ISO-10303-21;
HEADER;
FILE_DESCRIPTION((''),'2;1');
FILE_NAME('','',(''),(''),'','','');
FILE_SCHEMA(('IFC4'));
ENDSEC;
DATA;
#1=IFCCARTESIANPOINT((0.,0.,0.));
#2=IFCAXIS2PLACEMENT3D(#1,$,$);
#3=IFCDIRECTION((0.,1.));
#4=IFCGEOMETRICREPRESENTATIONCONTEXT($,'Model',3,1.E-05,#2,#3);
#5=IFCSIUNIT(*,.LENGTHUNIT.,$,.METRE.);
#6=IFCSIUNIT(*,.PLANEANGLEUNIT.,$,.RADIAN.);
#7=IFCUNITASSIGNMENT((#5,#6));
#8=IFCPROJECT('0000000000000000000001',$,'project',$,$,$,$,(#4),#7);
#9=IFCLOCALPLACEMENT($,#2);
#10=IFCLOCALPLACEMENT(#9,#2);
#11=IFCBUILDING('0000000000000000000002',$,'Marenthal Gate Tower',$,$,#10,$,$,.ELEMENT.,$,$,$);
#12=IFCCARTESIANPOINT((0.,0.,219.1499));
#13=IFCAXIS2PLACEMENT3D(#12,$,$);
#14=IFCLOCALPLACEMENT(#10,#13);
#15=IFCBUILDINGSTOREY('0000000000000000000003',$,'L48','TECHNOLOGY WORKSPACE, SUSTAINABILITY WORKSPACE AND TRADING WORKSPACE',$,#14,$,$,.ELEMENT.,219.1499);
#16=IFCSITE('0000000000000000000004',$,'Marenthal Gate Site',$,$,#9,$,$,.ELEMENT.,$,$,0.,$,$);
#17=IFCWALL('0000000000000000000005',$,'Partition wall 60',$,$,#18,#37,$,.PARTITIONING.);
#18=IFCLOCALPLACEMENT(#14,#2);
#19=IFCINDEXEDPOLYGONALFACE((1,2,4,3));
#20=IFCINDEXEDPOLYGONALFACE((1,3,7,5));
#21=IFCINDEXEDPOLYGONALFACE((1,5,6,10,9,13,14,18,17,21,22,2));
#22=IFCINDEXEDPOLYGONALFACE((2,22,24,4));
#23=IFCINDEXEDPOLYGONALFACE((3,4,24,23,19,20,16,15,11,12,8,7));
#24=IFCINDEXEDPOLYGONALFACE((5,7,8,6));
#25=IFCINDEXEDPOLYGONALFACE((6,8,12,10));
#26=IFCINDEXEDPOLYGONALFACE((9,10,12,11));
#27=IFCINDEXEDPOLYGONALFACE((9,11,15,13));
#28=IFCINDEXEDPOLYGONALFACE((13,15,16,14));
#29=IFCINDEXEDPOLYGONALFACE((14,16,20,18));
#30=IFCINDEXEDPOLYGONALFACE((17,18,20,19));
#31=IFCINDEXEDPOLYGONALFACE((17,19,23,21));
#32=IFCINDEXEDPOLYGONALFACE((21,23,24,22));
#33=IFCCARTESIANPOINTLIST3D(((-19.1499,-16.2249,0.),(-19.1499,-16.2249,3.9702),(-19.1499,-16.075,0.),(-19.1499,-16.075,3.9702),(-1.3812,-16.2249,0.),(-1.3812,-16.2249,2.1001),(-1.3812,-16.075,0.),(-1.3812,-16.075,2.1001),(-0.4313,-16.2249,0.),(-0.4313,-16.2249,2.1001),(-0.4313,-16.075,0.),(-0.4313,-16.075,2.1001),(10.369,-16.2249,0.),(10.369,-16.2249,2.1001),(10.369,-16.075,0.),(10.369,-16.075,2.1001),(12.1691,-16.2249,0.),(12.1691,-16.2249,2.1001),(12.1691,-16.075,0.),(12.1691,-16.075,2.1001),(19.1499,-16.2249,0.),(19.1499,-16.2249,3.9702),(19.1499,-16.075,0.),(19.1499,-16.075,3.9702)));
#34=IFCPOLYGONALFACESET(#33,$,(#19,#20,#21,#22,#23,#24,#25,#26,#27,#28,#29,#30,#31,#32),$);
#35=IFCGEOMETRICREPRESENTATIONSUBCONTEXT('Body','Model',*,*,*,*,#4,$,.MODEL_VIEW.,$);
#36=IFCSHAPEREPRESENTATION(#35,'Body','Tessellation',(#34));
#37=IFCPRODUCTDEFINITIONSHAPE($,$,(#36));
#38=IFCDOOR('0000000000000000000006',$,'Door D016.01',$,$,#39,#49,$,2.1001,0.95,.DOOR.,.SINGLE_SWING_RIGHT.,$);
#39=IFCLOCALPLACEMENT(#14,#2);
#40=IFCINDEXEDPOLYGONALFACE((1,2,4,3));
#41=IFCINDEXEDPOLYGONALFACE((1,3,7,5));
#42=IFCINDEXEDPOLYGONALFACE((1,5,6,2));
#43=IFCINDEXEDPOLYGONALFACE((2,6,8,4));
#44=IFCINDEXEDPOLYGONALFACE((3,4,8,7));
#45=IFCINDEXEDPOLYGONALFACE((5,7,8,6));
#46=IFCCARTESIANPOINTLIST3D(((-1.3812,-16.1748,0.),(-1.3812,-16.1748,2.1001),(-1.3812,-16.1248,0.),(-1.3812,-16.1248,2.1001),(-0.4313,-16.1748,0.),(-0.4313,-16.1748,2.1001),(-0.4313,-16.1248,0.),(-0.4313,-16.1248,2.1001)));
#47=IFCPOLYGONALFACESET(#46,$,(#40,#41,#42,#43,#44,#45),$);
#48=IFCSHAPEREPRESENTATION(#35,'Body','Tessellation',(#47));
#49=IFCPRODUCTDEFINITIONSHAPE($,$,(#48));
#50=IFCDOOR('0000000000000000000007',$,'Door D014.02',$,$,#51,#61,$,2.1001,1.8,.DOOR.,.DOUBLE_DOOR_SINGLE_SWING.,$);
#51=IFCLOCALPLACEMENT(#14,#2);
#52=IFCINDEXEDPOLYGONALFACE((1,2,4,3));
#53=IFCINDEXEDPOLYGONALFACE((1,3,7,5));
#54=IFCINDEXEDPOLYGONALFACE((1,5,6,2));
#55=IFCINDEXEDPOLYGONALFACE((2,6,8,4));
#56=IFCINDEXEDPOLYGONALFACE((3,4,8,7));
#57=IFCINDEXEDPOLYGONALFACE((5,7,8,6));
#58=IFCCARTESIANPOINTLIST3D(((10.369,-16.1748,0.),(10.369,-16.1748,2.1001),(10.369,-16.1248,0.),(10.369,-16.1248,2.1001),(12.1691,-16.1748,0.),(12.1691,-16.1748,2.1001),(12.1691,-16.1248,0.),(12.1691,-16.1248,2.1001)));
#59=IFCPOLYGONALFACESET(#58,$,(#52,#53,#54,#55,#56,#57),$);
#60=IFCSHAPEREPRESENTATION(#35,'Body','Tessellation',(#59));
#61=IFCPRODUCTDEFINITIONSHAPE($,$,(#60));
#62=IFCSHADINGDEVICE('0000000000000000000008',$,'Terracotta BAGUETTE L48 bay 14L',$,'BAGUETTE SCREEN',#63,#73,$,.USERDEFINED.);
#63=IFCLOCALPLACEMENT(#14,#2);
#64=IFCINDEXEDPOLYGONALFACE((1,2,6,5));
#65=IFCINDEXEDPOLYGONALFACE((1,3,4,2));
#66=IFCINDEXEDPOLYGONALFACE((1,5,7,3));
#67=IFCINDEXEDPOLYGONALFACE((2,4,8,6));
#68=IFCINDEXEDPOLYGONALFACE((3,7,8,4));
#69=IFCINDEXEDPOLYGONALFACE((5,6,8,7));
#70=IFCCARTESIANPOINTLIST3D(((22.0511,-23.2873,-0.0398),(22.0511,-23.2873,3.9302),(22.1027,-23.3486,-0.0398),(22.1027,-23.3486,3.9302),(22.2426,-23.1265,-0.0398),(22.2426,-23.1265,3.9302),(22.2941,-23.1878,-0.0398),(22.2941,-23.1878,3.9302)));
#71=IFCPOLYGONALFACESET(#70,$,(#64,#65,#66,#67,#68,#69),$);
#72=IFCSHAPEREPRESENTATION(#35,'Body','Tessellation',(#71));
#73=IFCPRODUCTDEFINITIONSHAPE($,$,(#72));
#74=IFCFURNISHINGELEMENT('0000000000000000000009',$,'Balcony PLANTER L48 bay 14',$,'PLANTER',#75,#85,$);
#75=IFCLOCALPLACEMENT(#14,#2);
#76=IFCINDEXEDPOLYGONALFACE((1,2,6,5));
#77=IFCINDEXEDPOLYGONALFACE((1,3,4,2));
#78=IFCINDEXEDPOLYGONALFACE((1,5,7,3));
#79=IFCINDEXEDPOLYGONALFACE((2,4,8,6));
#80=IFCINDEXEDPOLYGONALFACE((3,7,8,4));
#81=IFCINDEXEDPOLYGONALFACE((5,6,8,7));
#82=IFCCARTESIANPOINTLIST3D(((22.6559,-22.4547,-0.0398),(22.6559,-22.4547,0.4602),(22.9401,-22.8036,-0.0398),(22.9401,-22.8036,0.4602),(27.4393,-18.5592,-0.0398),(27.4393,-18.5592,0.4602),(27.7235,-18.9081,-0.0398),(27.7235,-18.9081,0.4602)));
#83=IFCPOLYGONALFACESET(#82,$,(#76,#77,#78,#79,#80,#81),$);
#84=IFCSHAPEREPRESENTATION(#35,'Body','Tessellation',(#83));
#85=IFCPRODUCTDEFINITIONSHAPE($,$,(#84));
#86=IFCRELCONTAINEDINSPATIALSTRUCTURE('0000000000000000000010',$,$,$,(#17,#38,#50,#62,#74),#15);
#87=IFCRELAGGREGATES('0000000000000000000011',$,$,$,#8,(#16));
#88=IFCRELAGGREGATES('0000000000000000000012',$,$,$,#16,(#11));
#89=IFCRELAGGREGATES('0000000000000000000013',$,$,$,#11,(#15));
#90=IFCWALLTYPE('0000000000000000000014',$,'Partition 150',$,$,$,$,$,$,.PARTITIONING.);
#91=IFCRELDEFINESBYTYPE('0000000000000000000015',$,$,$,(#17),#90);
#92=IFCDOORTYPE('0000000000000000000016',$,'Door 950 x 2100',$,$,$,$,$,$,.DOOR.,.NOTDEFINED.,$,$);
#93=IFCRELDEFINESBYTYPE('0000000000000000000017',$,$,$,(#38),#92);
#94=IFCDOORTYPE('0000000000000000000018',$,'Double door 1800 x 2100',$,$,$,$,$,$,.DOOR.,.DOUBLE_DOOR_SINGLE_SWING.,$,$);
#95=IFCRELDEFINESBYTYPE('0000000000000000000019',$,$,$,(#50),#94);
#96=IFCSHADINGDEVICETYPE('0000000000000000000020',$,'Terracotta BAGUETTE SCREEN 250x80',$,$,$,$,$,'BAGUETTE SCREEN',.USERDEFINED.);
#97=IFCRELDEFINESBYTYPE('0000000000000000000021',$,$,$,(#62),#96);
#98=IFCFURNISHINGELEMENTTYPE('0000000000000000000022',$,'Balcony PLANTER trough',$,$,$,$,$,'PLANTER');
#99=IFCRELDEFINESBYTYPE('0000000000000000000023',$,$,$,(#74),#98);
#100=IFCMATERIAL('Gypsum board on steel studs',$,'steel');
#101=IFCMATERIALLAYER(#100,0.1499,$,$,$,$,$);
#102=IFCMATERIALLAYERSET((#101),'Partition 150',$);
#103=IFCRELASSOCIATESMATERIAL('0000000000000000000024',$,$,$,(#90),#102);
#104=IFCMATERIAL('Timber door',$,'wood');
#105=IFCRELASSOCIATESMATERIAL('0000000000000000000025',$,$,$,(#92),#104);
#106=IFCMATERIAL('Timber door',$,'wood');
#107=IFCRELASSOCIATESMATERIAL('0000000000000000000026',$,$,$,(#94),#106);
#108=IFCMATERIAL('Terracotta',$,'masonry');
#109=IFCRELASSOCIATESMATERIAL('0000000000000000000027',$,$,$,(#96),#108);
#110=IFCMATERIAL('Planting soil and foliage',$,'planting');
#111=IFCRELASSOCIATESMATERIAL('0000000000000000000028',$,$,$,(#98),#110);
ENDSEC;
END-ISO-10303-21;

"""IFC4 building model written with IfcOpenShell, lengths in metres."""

from ifc_helpers import new_model, si_unit, direction, frame, frame_2d, origin, origin_2d, place, context, subcontext, project, spatial, rectangle, extrude, material, layer, layer_set, material_profile, profile_set, type_object, element, fill, save


model = new_model("IFC4")

# Units and contexts
model_context = context("Model", 3, precision=1e-05, world=origin(), true_north=direction((0.0, 1.0)))
body_context = subcontext(model_context, "Body", "Model", "MODEL_VIEW")
ifc_project = project(units=[si_unit("LENGTHUNIT", "METRE"), si_unit("PLANEANGLEUNIT", "RADIAN")], contexts=[model_context])

# Site, building, storey
site_placement = place(None, origin())
site = spatial("IfcSite", under=ifc_project, at=site_placement, Name="Marenthal Gate Site", CompositionType="ELEMENT", RefElevation=0.0)
building_placement = place(site_placement, origin())
building = spatial("IfcBuilding", under=site, at=building_placement, Name="Marenthal Gate Tower", CompositionType="ELEMENT")
storey_placement = place(building_placement, frame((0.0, 0.0, 219.1499)))
storey = spatial("IfcBuildingStorey", under=building, at=storey_placement, Name="L48", Description="TECHNOLOGY WORKSPACE, SUSTAINABILITY WORKSPACE AND TRADING WORKSPACE", CompositionType="ELEMENT", Elevation=219.1499)

# Wall, openings, doors
ifc_material_1 = material(Name="Gypsum board on steel studs", Category="steel")
ifc_layer_1 = layer(ifc_material_1, 0.1499)
ifc_layer_set_1 = layer_set([ifc_layer_1], Name="Partition 150")
wall_type_1 = type_object("IfcWallType", Name="Partition 150", PredefinedType="PARTITIONING", material=ifc_layer_set_1)
wall_1_placement = place(storey_placement, frame((19.1499, -16.1499, 0.0), z_axis=(0.0, 0.0, 1.0), x_axis=(-1.0, 0.0, 0.0)))
wall_1 = element("IfcWall", 1, at=wall_1_placement, inside=storey, type_object=wall_type_1, Name="Partition wall 60", PredefinedType="PARTITIONING", context=body_context, shape_type="SweptSolid", body=[
    extrude(rectangle(XDim=38.2998, YDim=0.1499, at=frame_2d((19.1499, 0.0))), origin(), (0.0, 0.0, 1.0), 3.9702),
])
opening_1_placement = place(wall_1_placement, frame((19.5811, 0.0, 0.0)))
opening_1 = element("IfcOpeningElement", 2, at=opening_1_placement, cuts=wall_1, PredefinedType="OPENING", context=body_context, shape_type="SweptSolid", body=[
    extrude(rectangle(XDim=0.95, YDim=2.1001, at=frame_2d((0.4751, 1.05))), frame((0.0, 0.085, 0.0), z_axis=(0.0, -1.0, 0.0), x_axis=(1.0, 0.0, 0.0)), (0.0, 0.0, 1.0), 0.1699),
])
opening_2_placement = place(wall_1_placement, frame((6.981, 0.0, 0.0)))
opening_2 = element("IfcOpeningElement", 3, at=opening_2_placement, cuts=wall_1, PredefinedType="OPENING", context=body_context, shape_type="SweptSolid", body=[
    extrude(rectangle(XDim=1.8, YDim=2.1001, at=frame_2d((0.8999, 1.05))), frame((0.0, 0.085, 0.0), z_axis=(0.0, -1.0, 0.0), x_axis=(1.0, 0.0, 0.0)), (0.0, 0.0, 1.0), 0.1699),
])
ifc_material_2 = material(Name="Timber door", Category="wood")
door_type_1 = type_object("IfcDoorType", Name="Door 950 x 2100", OperationType="NOTDEFINED", PredefinedType="DOOR", material=ifc_material_2)
door_1_placement = place(opening_1_placement, origin())
door_1 = element("IfcDoor", 4, at=door_1_placement, inside=storey, type_object=door_type_1, Name="Door D016.01", OperationType="SINGLE_SWING_RIGHT", OverallHeight=2.1001, OverallWidth=0.95, PredefinedType="DOOR", context=body_context, shape_type="SweptSolid", body=[
    extrude(rectangle(XDim=0.95, YDim=2.1001, at=frame_2d((0.4751, 1.05))), frame((0.0, 0.0249, 0.0), z_axis=(0.0, -1.0, 0.0), x_axis=(1.0, 0.0, 0.0)), (0.0, 0.0, 1.0), 0.05),
])
fill(opening_1, door_1)
ifc_material_3 = material(Name="Timber door", Category="wood")
door_type_2 = type_object("IfcDoorType", Name="Double door 1800 x 2100", OperationType="DOUBLE_DOOR_SINGLE_SWING", PredefinedType="DOOR", material=ifc_material_3)
door_2_placement = place(opening_2_placement, origin())
door_2 = element("IfcDoor", 5, at=door_2_placement, inside=storey, type_object=door_type_2, Name="Door D014.02", OperationType="DOUBLE_DOOR_SINGLE_SWING", OverallHeight=2.1001, OverallWidth=1.8, PredefinedType="DOOR", context=body_context, shape_type="SweptSolid", body=[
    extrude(rectangle(XDim=1.8, YDim=2.1001, at=frame_2d((0.8999, 1.05))), frame((0.0, 0.0249, 0.0), z_axis=(0.0, -1.0, 0.0), x_axis=(1.0, 0.0, 0.0)), (0.0, 0.0, 1.0), 0.05),
])
fill(opening_2, door_2)

# Shading device
ifc_material_4 = material(Name="Terracotta", Category="masonry")
ifc_material_profile_1 = material_profile(ifc_material_4, rectangle(XDim=0.25, YDim=0.0801, at=origin_2d()), Name="Terracotta baguette 250x80")
ifc_profile_set_1 = profile_set([ifc_material_profile_1], Name="Terracotta")
shading_device_type = type_object("IfcShadingDeviceType", Name="Terracotta BAGUETTE SCREEN 250x80", ElementType="BAGUETTE SCREEN", PredefinedType="USERDEFINED", material=ifc_profile_set_1)
shading_device_placement = place(storey_placement, frame((22.1726, -23.2375, -0.0398), z_axis=(0.0, 0.0, 1.0), x_axis=(0.765628, 0.643284, 0.0)))
element("IfcShadingDevice", 6, at=shading_device_placement, inside=storey, type_object=shading_device_type, Name="Terracotta BAGUETTE L48 bay 14L", ObjectType="BAGUETTE SCREEN", PredefinedType="USERDEFINED", context=body_context, shape_type="SweptSolid", body=[
    extrude(rectangle(XDim=0.25, YDim=0.0801, at=origin_2d()), origin(), (0.0, 0.0, 1.0), 3.97),
])

# Furnishing element
ifc_material_5 = material(Name="Planting soil and foliage", Category="planting")
furnishing_element_type = type_object("IfcFurnishingElementType", Name="Balcony PLANTER trough", ElementType="PLANTER", material=ifc_material_5)
furnishing_placement = place(storey_placement, frame((25.1897, -20.6814, -0.0398), z_axis=(0.0, 0.0, 1.0), x_axis=(0.775396, 0.631476, 0.0)))
element("IfcFurnishingElement", 7, at=furnishing_placement, inside=storey, type_object=furnishing_element_type, Name="Balcony PLANTER L48 bay 14", ObjectType="PLANTER", context=body_context, shape_type="SweptSolid", body=[
    extrude(rectangle(XDim=6.1689, YDim=0.45, at=origin_2d()), origin(), (0.0, 0.0, 1.0), 0.5),
])

save(model, "model.ifc")
